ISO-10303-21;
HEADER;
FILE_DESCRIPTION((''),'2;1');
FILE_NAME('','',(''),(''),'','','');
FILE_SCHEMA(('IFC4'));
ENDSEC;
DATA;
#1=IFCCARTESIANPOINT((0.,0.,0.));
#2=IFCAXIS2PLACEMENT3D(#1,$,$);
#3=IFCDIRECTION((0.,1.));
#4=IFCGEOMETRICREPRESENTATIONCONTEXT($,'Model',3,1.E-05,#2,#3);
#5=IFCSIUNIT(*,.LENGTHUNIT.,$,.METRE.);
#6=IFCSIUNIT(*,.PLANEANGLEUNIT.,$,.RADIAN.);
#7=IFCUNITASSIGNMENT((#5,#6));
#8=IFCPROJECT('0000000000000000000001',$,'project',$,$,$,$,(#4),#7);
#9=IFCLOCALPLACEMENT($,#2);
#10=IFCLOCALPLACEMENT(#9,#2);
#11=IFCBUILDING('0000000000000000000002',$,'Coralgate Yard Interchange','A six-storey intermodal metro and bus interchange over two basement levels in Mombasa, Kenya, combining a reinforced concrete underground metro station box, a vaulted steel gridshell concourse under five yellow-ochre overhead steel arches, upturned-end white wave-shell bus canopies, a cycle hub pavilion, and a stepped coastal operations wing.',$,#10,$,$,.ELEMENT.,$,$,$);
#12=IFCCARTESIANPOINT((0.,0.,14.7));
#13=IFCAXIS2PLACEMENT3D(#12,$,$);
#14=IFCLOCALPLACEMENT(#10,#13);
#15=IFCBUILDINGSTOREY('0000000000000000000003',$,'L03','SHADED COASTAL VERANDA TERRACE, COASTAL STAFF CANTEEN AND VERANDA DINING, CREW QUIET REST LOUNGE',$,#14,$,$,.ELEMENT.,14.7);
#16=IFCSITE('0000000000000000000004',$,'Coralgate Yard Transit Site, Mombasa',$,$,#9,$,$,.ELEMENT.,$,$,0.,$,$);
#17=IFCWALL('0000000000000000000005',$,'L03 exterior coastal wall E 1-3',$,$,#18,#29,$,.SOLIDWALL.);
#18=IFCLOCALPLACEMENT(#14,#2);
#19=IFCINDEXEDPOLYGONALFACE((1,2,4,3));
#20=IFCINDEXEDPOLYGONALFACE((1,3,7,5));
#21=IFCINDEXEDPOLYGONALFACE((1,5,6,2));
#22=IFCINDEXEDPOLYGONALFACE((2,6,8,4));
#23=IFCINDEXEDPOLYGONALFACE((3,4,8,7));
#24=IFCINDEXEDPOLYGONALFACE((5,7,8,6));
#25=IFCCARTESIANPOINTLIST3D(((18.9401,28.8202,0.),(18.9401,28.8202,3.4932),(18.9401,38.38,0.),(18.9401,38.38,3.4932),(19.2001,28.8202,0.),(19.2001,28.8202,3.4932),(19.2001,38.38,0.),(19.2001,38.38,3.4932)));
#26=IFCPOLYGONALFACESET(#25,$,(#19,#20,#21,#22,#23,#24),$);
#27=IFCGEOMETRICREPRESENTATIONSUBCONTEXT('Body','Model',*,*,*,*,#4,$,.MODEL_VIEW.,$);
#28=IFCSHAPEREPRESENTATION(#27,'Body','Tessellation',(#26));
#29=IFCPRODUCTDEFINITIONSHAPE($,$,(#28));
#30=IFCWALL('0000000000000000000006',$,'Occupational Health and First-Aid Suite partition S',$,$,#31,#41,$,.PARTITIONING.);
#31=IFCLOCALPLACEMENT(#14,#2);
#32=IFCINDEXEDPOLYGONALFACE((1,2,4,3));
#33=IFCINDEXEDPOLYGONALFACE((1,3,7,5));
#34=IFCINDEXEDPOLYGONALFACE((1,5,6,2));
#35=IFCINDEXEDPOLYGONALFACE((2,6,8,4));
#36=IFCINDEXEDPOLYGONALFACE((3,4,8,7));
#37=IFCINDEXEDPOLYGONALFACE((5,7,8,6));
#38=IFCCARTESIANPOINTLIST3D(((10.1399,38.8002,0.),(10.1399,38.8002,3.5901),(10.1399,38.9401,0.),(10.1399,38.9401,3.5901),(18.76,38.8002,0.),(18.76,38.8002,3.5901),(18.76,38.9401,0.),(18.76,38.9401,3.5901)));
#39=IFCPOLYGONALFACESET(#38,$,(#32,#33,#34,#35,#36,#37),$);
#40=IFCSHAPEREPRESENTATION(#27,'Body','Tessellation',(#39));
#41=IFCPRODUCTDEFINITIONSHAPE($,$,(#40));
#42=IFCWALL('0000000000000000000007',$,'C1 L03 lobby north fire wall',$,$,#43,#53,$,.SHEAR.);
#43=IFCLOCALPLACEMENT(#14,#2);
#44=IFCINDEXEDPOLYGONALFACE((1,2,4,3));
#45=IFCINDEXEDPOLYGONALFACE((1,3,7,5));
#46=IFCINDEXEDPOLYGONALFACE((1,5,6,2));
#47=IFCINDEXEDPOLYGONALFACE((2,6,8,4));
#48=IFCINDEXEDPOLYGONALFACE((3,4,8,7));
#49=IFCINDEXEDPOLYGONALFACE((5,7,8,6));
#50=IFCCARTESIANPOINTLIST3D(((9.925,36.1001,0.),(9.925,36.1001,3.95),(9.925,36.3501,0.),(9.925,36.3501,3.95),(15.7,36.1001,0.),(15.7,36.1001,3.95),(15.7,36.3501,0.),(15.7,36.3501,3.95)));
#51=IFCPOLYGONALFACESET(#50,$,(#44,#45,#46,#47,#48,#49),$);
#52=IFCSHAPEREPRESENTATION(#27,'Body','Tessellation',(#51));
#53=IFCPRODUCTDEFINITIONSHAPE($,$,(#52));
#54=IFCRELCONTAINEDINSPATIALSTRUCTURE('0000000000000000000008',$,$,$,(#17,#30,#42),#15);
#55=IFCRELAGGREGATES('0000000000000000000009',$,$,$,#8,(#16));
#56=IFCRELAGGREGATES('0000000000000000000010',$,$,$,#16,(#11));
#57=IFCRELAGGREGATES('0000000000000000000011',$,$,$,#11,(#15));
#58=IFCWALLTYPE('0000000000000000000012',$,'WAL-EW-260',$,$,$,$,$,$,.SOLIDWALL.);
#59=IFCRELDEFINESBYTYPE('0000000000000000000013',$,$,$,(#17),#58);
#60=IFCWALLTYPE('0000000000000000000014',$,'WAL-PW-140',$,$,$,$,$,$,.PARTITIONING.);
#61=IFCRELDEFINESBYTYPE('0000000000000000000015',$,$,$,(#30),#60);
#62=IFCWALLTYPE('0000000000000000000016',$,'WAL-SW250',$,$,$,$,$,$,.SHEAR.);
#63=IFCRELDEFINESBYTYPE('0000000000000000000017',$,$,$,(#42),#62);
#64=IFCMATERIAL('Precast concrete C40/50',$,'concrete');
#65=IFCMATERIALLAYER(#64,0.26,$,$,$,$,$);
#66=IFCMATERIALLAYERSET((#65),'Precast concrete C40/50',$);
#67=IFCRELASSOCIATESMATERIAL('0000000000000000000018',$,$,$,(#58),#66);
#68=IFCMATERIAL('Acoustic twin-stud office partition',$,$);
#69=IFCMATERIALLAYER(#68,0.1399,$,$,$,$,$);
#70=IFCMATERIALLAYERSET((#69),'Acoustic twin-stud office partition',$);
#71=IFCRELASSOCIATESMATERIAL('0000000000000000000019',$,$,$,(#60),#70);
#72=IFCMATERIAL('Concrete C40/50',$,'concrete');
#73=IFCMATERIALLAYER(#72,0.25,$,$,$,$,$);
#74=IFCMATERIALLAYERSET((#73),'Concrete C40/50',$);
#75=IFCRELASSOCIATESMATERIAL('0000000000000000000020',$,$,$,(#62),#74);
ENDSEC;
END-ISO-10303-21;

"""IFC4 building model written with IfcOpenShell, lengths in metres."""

from ifc_helpers import new_model, si_unit, direction, frame, frame_2d, origin, place, context, subcontext, project, spatial, rectangle, extrude, material, layer, layer_set, type_object, element, save


model = new_model("IFC4")

# Units and contexts
model_context = context("Model", 3, precision=1e-05, world=origin(), true_north=direction((0.0, 1.0)))
body_context = subcontext(model_context, "Body", "Model", "MODEL_VIEW")
ifc_project = project(units=[si_unit("LENGTHUNIT", "METRE"), si_unit("PLANEANGLEUNIT", "RADIAN")], contexts=[model_context])

# Site, building, storey
site_placement = place(None, origin())
site = spatial("IfcSite", under=ifc_project, at=site_placement, Name="Coralgate Yard Transit Site, Mombasa", CompositionType="ELEMENT", RefElevation=0.0)
building_placement = place(site_placement, origin())
building = spatial("IfcBuilding", under=site, at=building_placement, Name="Coralgate Yard Interchange", Description="A six-storey intermodal metro and bus interchange over two basement levels in Mombasa, Kenya, combining a reinforced concrete underground metro station box, a vaulted steel gridshell concourse under five yellow-ochre overhead steel arches, upturned-end white wave-shell bus canopies, a cycle hub pavilion, and a stepped coastal operations wing.", CompositionType="ELEMENT")
storey_placement = place(building_placement, frame((0.0, 0.0, 14.7)))
storey = spatial("IfcBuildingStorey", under=building, at=storey_placement, Name="L03", Description="SHADED COASTAL VERANDA TERRACE, COASTAL STAFF CANTEEN AND VERANDA DINING, CREW QUIET REST LOUNGE", CompositionType="ELEMENT", Elevation=14.7)

# Shared definitions
ifc_material_1 = material(Name="Concrete C40/50", Category="concrete")

# Walls
ifc_material_2 = material(Name="Precast concrete C40/50", Category="concrete")
ifc_layer_1 = layer(ifc_material_2, 0.26)
ifc_layer_set_1 = layer_set([ifc_layer_1], Name="Precast concrete C40/50")
wall_type_1 = type_object("IfcWallType", Name="WAL-EW-260", PredefinedType="SOLIDWALL", material=ifc_layer_set_1)
wall_1_placement = place(storey_placement, frame((19.0701, 38.3799, 0.0), z_axis=(0.0, 0.0, 1.0), x_axis=(0.0, -1.0, 0.0)))
element("IfcWall", 1, at=wall_1_placement, inside=storey, type_object=wall_type_1, Name="L03 exterior coastal wall E 1-3", PredefinedType="SOLIDWALL", context=body_context, shape_type="SweptSolid", body=[
    extrude(rectangle(XDim=9.5598, YDim=0.26, at=frame_2d((4.7798, 0.0))), origin(), (0.0, 0.0, 1.0), 3.4932),
])
ifc_material_3 = material(Name="Acoustic twin-stud office partition")
ifc_layer_2 = layer(ifc_material_3, 0.1399)
ifc_layer_set_2 = layer_set([ifc_layer_2], Name="Acoustic twin-stud office partition")
wall_type_2 = type_object("IfcWallType", Name="WAL-PW-140", PredefinedType="PARTITIONING", material=ifc_layer_set_2)
wall_2_placement = place(storey_placement, frame((18.76, 38.8701, 0.0), z_axis=(0.0, 0.0, 1.0), x_axis=(-1.0, 0.0, 0.0)))
element("IfcWall", 2, at=wall_2_placement, inside=storey, type_object=wall_type_2, Name="Occupational Health and First-Aid Suite partition S", PredefinedType="PARTITIONING", context=body_context, shape_type="SweptSolid", body=[
    extrude(rectangle(XDim=8.6201, YDim=0.1399, at=frame_2d((4.3101, 0.0))), origin(), (0.0, 0.0, 1.0), 3.5901),
])
ifc_layer_3 = layer(ifc_material_1, 0.25)
ifc_layer_set_3 = layer_set([ifc_layer_3], Name="Concrete C40/50")
wall_type_3 = type_object("IfcWallType", Name="WAL-SW250", PredefinedType="SHEAR", material=ifc_layer_set_3)
wall_3_placement = place(storey_placement, frame((15.7, 36.2251, 0.0), z_axis=(0.0, 0.0, 1.0), x_axis=(-1.0, 0.0, 0.0)))
element("IfcWall", 3, at=wall_3_placement, inside=storey, type_object=wall_type_3, Name="C1 L03 lobby north fire wall", PredefinedType="SHEAR", context=body_context, shape_type="SweptSolid", body=[
    extrude(rectangle(XDim=5.7749, YDim=0.25, at=frame_2d((2.8875, 0.0))), origin(), (0.0, 0.0, 1.0), 3.95),
])

save(model, "model.ifc")
